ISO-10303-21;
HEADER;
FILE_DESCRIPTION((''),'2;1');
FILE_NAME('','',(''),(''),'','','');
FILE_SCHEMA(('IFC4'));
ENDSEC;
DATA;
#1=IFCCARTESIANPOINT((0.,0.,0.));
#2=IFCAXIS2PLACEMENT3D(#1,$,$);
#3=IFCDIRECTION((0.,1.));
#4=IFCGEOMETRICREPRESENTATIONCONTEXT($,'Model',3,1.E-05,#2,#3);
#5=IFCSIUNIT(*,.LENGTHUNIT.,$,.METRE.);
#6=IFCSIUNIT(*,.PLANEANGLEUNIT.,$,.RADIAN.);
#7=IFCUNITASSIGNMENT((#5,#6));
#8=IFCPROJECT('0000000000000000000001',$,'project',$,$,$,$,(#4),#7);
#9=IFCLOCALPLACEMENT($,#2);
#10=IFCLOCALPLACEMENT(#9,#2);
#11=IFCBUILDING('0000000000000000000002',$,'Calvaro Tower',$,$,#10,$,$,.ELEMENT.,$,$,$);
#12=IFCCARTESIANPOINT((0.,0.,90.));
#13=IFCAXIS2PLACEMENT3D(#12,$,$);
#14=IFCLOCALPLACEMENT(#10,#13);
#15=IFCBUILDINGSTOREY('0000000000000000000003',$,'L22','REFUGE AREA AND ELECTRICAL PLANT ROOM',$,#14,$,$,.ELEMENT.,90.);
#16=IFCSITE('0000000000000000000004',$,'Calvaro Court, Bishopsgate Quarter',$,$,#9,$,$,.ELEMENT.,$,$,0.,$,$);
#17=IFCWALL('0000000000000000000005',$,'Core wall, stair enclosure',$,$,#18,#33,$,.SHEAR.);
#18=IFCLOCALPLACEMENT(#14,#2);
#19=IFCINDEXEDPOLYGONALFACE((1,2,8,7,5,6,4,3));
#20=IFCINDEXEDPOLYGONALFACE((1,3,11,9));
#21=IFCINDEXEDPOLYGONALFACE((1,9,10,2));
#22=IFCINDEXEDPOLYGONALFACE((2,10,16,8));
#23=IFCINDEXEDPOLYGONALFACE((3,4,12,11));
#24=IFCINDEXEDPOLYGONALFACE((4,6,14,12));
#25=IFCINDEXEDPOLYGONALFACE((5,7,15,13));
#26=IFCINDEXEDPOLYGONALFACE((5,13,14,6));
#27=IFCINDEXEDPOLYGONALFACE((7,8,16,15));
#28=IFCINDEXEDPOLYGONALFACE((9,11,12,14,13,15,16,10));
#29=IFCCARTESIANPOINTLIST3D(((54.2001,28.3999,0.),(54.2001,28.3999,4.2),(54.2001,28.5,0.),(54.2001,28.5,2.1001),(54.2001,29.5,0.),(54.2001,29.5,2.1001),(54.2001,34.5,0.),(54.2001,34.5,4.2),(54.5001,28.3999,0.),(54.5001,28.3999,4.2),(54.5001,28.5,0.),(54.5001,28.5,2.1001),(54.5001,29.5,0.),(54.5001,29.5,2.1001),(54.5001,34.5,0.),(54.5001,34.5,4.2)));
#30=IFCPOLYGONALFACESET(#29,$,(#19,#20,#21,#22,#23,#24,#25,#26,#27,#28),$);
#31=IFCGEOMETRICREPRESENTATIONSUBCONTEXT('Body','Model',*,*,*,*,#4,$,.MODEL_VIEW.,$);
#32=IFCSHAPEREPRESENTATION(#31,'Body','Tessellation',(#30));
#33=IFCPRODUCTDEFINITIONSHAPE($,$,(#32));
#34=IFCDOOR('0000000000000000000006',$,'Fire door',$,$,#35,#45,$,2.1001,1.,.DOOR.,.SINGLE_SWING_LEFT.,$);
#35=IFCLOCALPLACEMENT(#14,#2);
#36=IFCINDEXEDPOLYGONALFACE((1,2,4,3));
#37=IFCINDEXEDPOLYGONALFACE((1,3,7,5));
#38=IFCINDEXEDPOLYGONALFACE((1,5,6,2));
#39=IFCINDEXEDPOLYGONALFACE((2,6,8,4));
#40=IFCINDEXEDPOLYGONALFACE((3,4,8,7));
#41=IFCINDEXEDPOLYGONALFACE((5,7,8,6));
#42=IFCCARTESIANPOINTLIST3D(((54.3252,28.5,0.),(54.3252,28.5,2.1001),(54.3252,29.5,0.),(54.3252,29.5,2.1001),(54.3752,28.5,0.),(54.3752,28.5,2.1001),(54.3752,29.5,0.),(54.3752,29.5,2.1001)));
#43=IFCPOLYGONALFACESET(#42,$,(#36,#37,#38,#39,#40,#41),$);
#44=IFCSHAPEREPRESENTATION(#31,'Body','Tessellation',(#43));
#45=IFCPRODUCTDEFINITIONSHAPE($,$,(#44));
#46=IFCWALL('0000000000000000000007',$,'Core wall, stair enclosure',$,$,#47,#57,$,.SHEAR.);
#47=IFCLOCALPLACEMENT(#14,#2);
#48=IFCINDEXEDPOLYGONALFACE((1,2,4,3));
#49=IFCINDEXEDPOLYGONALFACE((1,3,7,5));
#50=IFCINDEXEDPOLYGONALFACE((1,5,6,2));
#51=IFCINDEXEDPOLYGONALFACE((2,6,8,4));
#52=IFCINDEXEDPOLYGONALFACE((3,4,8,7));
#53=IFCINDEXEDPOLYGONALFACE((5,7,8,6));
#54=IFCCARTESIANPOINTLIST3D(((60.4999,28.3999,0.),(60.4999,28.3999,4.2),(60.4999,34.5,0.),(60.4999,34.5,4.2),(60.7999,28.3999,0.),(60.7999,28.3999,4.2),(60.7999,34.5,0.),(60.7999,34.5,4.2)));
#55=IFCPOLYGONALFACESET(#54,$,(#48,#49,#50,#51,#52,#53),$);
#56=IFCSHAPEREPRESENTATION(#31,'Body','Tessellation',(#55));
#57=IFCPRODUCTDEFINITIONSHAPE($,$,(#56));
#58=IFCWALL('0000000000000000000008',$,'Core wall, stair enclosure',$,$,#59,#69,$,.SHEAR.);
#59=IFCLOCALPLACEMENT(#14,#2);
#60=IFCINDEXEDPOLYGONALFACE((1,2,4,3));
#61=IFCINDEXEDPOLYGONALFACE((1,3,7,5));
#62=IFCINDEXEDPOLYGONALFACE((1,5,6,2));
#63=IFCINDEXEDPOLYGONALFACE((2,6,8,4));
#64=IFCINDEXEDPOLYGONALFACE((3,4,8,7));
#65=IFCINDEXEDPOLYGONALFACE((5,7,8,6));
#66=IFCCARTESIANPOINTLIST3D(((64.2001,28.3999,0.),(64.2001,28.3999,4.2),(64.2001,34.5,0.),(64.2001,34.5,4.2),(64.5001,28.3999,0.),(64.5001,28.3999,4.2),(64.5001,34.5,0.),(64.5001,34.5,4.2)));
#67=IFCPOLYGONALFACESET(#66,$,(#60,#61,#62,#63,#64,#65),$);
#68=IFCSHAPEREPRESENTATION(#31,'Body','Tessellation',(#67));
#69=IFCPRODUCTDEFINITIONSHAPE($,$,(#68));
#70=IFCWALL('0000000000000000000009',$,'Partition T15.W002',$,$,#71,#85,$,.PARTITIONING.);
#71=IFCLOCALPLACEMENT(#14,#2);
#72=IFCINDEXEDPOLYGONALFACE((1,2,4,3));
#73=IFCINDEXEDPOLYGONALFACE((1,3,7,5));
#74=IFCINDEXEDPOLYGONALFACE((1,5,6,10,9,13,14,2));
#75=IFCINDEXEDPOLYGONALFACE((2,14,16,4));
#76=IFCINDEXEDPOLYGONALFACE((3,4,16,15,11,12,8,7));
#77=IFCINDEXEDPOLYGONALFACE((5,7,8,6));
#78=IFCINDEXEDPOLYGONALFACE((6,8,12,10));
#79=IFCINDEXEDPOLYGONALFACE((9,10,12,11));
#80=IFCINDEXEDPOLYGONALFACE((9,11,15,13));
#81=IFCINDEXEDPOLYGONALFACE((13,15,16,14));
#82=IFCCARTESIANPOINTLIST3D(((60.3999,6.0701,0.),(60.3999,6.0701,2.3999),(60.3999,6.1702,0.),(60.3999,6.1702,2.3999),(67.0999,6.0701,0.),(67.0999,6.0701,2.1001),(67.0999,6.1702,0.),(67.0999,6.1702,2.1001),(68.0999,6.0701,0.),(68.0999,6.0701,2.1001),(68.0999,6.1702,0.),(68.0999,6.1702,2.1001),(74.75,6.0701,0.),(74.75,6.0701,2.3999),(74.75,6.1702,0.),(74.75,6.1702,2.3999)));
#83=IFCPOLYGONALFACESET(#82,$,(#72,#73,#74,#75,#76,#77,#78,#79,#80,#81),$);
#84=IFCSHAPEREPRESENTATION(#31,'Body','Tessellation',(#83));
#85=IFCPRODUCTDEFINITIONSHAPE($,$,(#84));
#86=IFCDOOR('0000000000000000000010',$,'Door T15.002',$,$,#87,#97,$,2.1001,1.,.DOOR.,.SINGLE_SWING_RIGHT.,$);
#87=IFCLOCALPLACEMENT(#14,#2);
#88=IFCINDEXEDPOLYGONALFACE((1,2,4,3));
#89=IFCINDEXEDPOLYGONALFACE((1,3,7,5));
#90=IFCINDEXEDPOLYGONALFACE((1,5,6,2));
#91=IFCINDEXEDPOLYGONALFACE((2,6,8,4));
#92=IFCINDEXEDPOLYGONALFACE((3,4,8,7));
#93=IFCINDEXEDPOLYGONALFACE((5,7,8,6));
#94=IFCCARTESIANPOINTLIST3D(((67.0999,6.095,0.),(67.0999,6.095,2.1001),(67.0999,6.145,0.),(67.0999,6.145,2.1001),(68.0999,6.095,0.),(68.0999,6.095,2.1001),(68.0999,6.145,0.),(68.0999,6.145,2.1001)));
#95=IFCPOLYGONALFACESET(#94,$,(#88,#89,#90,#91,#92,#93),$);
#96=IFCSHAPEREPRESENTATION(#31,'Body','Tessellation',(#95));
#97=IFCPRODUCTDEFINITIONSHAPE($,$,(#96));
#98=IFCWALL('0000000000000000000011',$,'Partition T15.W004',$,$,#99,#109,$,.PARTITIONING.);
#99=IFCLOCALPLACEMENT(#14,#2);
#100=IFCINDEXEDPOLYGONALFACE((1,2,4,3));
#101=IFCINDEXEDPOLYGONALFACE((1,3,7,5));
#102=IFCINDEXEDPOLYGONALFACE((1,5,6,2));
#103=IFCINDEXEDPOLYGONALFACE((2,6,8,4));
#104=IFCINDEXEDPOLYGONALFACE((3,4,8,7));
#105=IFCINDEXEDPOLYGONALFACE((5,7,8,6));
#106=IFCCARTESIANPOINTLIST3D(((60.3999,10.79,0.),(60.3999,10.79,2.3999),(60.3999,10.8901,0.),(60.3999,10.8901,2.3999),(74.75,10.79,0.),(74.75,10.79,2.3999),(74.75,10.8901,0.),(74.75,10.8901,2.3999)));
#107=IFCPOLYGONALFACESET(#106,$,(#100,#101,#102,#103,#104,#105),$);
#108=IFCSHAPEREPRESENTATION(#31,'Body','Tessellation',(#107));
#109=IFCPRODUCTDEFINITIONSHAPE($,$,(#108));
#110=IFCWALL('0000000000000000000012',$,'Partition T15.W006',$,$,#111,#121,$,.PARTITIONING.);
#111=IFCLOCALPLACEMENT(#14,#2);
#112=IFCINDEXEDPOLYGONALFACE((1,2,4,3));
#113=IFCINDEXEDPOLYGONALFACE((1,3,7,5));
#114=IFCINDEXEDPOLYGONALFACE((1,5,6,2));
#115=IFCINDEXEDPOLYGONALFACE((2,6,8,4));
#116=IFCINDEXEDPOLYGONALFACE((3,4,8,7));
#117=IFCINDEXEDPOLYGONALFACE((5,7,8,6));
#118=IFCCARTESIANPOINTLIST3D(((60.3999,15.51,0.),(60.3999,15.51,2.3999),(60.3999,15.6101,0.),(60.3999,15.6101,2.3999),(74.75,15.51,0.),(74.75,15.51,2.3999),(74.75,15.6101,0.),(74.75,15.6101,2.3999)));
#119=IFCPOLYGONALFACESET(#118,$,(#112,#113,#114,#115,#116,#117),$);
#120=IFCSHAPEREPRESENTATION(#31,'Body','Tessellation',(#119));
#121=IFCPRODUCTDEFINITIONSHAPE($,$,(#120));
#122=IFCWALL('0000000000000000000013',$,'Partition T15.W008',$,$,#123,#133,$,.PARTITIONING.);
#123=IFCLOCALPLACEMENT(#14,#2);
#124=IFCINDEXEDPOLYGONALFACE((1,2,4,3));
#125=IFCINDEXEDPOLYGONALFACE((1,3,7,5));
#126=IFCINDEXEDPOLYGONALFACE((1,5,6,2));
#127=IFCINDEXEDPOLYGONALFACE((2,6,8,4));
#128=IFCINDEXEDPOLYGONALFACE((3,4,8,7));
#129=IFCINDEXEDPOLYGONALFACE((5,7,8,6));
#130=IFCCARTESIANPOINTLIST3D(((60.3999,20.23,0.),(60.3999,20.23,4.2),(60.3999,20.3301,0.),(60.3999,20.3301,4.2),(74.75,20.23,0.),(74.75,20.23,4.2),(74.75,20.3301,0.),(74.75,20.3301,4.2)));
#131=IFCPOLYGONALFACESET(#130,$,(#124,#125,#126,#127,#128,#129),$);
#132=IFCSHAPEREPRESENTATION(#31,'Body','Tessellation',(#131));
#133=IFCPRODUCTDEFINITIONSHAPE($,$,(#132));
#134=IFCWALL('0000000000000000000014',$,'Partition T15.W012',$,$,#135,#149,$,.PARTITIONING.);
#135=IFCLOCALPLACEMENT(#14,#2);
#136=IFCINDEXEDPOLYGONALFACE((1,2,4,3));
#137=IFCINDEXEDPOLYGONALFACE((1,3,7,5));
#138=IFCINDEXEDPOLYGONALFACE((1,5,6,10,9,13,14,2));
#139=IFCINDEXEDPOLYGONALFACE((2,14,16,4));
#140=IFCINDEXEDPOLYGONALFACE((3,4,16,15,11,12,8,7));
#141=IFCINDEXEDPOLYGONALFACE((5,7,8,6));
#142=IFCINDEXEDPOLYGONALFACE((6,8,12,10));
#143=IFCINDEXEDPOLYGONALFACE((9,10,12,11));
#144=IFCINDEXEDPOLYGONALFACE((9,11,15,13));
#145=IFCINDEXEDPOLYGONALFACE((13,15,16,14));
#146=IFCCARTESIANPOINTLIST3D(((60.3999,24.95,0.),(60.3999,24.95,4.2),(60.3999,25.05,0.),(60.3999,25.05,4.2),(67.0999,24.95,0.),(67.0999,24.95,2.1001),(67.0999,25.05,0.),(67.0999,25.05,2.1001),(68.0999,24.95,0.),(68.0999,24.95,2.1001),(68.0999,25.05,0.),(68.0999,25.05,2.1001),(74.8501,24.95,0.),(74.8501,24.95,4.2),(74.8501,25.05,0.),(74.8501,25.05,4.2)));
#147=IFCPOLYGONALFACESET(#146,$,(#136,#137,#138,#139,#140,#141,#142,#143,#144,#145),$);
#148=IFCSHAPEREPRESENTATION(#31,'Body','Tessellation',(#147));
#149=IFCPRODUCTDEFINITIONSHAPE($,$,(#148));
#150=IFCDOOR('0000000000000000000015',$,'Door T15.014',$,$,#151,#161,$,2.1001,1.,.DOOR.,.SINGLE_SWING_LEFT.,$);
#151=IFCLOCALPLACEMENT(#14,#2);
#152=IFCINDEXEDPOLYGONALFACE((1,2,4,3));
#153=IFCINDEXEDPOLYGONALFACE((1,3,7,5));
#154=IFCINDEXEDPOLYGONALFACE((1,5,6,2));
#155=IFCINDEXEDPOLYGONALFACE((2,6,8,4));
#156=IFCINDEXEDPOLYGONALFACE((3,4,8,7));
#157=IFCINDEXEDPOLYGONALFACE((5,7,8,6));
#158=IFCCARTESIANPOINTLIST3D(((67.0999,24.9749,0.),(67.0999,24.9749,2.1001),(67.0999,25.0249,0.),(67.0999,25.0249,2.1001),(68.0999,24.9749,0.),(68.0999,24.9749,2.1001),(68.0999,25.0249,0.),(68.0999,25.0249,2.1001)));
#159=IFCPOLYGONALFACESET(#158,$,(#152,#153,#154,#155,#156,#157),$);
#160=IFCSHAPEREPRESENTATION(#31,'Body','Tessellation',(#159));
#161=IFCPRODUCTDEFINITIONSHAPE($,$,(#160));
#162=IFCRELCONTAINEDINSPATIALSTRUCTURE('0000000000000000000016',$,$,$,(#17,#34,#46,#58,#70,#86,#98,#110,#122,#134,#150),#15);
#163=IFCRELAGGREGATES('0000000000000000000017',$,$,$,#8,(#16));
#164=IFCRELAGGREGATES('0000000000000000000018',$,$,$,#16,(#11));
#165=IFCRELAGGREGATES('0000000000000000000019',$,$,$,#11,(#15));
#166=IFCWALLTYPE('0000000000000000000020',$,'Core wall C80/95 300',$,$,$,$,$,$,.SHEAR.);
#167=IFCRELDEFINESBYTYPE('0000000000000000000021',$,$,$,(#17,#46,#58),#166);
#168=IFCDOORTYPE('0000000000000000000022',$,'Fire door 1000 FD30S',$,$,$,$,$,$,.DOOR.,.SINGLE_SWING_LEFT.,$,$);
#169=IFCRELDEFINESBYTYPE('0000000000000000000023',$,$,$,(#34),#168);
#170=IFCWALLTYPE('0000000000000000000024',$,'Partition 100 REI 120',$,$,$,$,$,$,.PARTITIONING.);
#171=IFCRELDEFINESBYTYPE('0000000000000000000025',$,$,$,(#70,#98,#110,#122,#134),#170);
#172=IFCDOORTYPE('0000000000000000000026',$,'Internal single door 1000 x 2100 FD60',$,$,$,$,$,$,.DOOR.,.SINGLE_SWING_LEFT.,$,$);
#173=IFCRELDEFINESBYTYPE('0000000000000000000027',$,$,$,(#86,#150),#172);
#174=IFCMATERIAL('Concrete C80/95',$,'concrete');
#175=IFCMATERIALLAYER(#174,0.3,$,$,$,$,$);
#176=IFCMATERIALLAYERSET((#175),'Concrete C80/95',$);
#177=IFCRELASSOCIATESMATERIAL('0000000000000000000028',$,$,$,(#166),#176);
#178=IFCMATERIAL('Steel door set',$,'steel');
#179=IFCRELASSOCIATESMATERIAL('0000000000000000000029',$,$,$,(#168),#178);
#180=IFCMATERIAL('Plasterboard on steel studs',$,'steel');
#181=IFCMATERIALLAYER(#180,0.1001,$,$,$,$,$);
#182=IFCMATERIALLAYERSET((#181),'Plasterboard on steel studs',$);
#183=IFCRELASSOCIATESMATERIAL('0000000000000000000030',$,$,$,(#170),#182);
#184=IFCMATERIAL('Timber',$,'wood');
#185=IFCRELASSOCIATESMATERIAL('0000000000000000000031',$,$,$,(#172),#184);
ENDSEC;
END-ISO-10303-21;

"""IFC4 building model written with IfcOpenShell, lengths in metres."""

from ifc_helpers import new_model, si_unit, direction, frame, frame_2d, origin, place, context, subcontext, project, spatial, rectangle, extrude, material, layer, layer_set, type_object, element, fill, save


model = new_model("IFC4")

# Units and contexts
model_context = context("Model", 3, precision=1e-05, world=origin(), true_north=direction((0.0, 1.0)))
body_context = subcontext(model_context, "Body", "Model", "MODEL_VIEW")
ifc_project = project(units=[si_unit("LENGTHUNIT", "METRE"), si_unit("PLANEANGLEUNIT", "RADIAN")], contexts=[model_context])

# Site, building, storey
site_placement = place(None, origin())
site = spatial("IfcSite", under=ifc_project, at=site_placement, Name="Calvaro Court, Bishopsgate Quarter", CompositionType="ELEMENT", RefElevation=0.0)
building_placement = place(site_placement, origin())
building = spatial("IfcBuilding", under=site, at=building_placement, Name="Calvaro Tower", CompositionType="ELEMENT")
storey_placement = place(building_placement, frame((0.0, 0.0, 90.0)))
storey = spatial("IfcBuildingStorey", under=building, at=storey_placement, Name="L22", Description="REFUGE AREA AND ELECTRICAL PLANT ROOM", CompositionType="ELEMENT", Elevation=90.0)

# Wall, opening, door
ifc_material_1 = material(Name="Concrete C80/95", Category="concrete")
ifc_layer_1 = layer(ifc_material_1, 0.3)
ifc_layer_set_1 = layer_set([ifc_layer_1], Name="Concrete C80/95")
wall_type_1 = type_object("IfcWallType", Name="Core wall C80/95 300", PredefinedType="SHEAR", material=ifc_layer_set_1)
wall_1_placement = place(storey_placement, frame((54.3501, 28.3999, 0.0), z_axis=(0.0, 0.0, 1.0), x_axis=(0.0, 1.0, 0.0)))
wall_1 = element("IfcWall", 1, at=wall_1_placement, inside=storey, type_object=wall_type_1, Name="Core wall, stair enclosure", PredefinedType="SHEAR", context=body_context, shape_type="SweptSolid", body=[
    extrude(rectangle(XDim=6.1001, YDim=0.3, at=frame_2d((3.05, 0.0))), origin(), (0.0, 0.0, 1.0), 4.2),
])
opening_1_placement = place(wall_1_placement, frame((0.1001, 0.0, 0.0)))
opening_1 = element("IfcOpeningElement", 2, at=opening_1_placement, cuts=wall_1, PredefinedType="OPENING", context=body_context, shape_type="SweptSolid", body=[
    extrude(rectangle(XDim=1.0, YDim=2.1001, at=frame_2d((0.5, 1.05))), frame((0.0, 0.1599, 0.0), z_axis=(0.0, -1.0, 0.0), x_axis=(1.0, 0.0, 0.0)), (0.0, 0.0, 1.0), 0.3201),
])
ifc_material_2 = material(Name="Steel door set", Category="steel")
door_type_1 = type_object("IfcDoorType", Name="Fire door 1000 FD30S", OperationType="SINGLE_SWING_LEFT", PredefinedType="DOOR", material=ifc_material_2)
door_1_placement = place(opening_1_placement, origin())
door_1 = element("IfcDoor", 3, at=door_1_placement, inside=storey, type_object=door_type_1, Name="Fire door", OperationType="SINGLE_SWING_LEFT", OverallHeight=2.1001, OverallWidth=1.0, PredefinedType="DOOR", context=body_context, shape_type="SweptSolid", body=[
    extrude(rectangle(XDim=1.0, YDim=2.1001, at=frame_2d((0.5, 1.05))), frame((0.0, 0.0249, 0.0), z_axis=(0.0, -1.0, 0.0), x_axis=(1.0, 0.0, 0.0)), (0.0, 0.0, 1.0), 0.05),
])
fill(opening_1, door_1)

# Walls
for number, where, z_axis, x_axis, name in (
    (4, (60.6499, 28.3999, 0.0), (0.0, 0.0, 1.0), (0.0, 1.0, 0.0), "Core wall, stair enclosure"),
    (5, (64.3501, 28.3999, 0.0), (0.0, 0.0, 1.0), (0.0, 1.0, 0.0), "Core wall, stair enclosure"),
):
    element("IfcWall", number, at=place(storey_placement, frame(where, z_axis=z_axis, x_axis=x_axis)), inside=storey, type_object=wall_type_1, Name=name, PredefinedType="SHEAR", context=body_context, shape_type="SweptSolid", body=[
        extrude(rectangle(XDim=6.1001, YDim=0.3, at=frame_2d((3.05, 0.0))), origin(), (0.0, 0.0, 1.0), 4.2),
    ])

# Wall, opening, door
ifc_material_3 = material(Name="Plasterboard on steel studs", Category="steel")
ifc_layer_2 = layer(ifc_material_3, 0.1001)
ifc_layer_set_2 = layer_set([ifc_layer_2], Name="Plasterboard on steel studs")
wall_type_2 = type_object("IfcWallType", Name="Partition 100 REI 120", PredefinedType="PARTITIONING", material=ifc_layer_set_2)
wall_2_placement = place(storey_placement, frame((60.3999, 6.1201, 0.0), z_axis=(0.0, 0.0, 1.0), x_axis=(1.0, 0.0, 0.0)))
wall_2 = element("IfcWall", 6, at=wall_2_placement, inside=storey, type_object=wall_type_2, Name="Partition T15.W002", PredefinedType="PARTITIONING", context=body_context, shape_type="SweptSolid", body=[
    extrude(rectangle(XDim=14.3501, YDim=0.1001, at=frame_2d((7.175, 0.0))), origin(), (0.0, 0.0, 1.0), 2.3999),
])
opening_2_placement = place(wall_2_placement, frame((6.7, 0.0, 0.0)))
opening_2 = element("IfcOpeningElement", 7, at=opening_2_placement, cuts=wall_2, PredefinedType="OPENING", context=body_context, shape_type="SweptSolid", body=[
    extrude(rectangle(XDim=1.0, YDim=2.1001, at=frame_2d((0.5, 1.05))), frame((0.0, 0.0601, 0.0), z_axis=(0.0, -1.0, 0.0), x_axis=(1.0, 0.0, 0.0)), (0.0, 0.0, 1.0), 0.1201),
])
ifc_material_4 = material(Name="Timber", Category="wood")
door_type_2 = type_object("IfcDoorType", Name="Internal single door 1000 x 2100 FD60", OperationType="SINGLE_SWING_LEFT", PredefinedType="DOOR", material=ifc_material_4)
door_2_placement = place(opening_2_placement, origin())
door_2 = element("IfcDoor", 8, at=door_2_placement, inside=storey, type_object=door_type_2, Name="Door T15.002", OperationType="SINGLE_SWING_RIGHT", OverallHeight=2.1001, OverallWidth=1.0, PredefinedType="DOOR", context=body_context, shape_type="SweptSolid", body=[
    extrude(rectangle(XDim=1.0, YDim=2.1001, at=frame_2d((0.5, 1.05))), frame((0.0, 0.0249, 0.0), z_axis=(0.0, -1.0, 0.0), x_axis=(1.0, 0.0, 0.0)), (0.0, 0.0, 1.0), 0.05),
])
fill(opening_2, door_2)

# Walls
for number, where, z_axis, x_axis, name in (
    (9, (60.3999, 10.8401, 0.0), (0.0, 0.0, 1.0), (1.0, 0.0, 0.0), "Partition T15.W004"),
    (10, (60.3999, 15.5601, 0.0), (0.0, 0.0, 1.0), (1.0, 0.0, 0.0), "Partition T15.W006"),
):
    element("IfcWall", number, at=place(storey_placement, frame(where, z_axis=z_axis, x_axis=x_axis)), inside=storey, type_object=wall_type_2, Name=name, PredefinedType="PARTITIONING", context=body_context, shape_type="SweptSolid", body=[
        extrude(rectangle(XDim=14.3501, YDim=0.1001, at=frame_2d((7.175, 0.0))), origin(), (0.0, 0.0, 1.0), 2.3999),
    ])
wall_3_placement = place(storey_placement, frame((60.3999, 20.28, 0.0), z_axis=(0.0, 0.0, 1.0), x_axis=(1.0, 0.0, 0.0)))
element("IfcWall", 11, at=wall_3_placement, inside=storey, type_object=wall_type_2, Name="Partition T15.W008", PredefinedType="PARTITIONING", context=body_context, shape_type="SweptSolid", body=[
    extrude(rectangle(XDim=14.3501, YDim=0.1001, at=frame_2d((7.175, 0.0))), origin(), (0.0, 0.0, 1.0), 4.2),
])

# Wall, opening, door
wall_4_placement = place(storey_placement, frame((60.3999, 25.0, 0.0), z_axis=(0.0, 0.0, 1.0), x_axis=(1.0, 0.0, 0.0)))
wall_4 = element("IfcWall", 12, at=wall_4_placement, inside=storey, type_object=wall_type_2, Name="Partition T15.W012", PredefinedType="PARTITIONING", context=body_context, shape_type="SweptSolid", body=[
    extrude(rectangle(XDim=14.4502, YDim=0.1001, at=frame_2d((7.2251, 0.0))), origin(), (0.0, 0.0, 1.0), 4.2),
])
opening_3_placement = place(wall_4_placement, frame((6.7, 0.0, 0.0)))
opening_3 = element("IfcOpeningElement", 13, at=opening_3_placement, cuts=wall_4, PredefinedType="OPENING", context=body_context, shape_type="SweptSolid", body=[
    extrude(rectangle(XDim=1.0, YDim=2.1001, at=frame_2d((0.5, 1.05))), frame((0.0, 0.0601, 0.0), z_axis=(0.0, -1.0, 0.0), x_axis=(1.0, 0.0, 0.0)), (0.0, 0.0, 1.0), 0.1201),
])
door_3_placement = place(opening_3_placement, origin())
door_3 = element("IfcDoor", 14, at=door_3_placement, inside=storey, type_object=door_type_2, Name="Door T15.014", OperationType="SINGLE_SWING_LEFT", OverallHeight=2.1001, OverallWidth=1.0, PredefinedType="DOOR", context=body_context, shape_type="SweptSolid", body=[
    extrude(rectangle(XDim=1.0, YDim=2.1001, at=frame_2d((0.5, 1.05))), frame((0.0, 0.0249, 0.0), z_axis=(0.0, -1.0, 0.0), x_axis=(1.0, 0.0, 0.0)), (0.0, 0.0, 1.0), 0.05),
])
fill(opening_3, door_3)

save(model, "model.ifc")
